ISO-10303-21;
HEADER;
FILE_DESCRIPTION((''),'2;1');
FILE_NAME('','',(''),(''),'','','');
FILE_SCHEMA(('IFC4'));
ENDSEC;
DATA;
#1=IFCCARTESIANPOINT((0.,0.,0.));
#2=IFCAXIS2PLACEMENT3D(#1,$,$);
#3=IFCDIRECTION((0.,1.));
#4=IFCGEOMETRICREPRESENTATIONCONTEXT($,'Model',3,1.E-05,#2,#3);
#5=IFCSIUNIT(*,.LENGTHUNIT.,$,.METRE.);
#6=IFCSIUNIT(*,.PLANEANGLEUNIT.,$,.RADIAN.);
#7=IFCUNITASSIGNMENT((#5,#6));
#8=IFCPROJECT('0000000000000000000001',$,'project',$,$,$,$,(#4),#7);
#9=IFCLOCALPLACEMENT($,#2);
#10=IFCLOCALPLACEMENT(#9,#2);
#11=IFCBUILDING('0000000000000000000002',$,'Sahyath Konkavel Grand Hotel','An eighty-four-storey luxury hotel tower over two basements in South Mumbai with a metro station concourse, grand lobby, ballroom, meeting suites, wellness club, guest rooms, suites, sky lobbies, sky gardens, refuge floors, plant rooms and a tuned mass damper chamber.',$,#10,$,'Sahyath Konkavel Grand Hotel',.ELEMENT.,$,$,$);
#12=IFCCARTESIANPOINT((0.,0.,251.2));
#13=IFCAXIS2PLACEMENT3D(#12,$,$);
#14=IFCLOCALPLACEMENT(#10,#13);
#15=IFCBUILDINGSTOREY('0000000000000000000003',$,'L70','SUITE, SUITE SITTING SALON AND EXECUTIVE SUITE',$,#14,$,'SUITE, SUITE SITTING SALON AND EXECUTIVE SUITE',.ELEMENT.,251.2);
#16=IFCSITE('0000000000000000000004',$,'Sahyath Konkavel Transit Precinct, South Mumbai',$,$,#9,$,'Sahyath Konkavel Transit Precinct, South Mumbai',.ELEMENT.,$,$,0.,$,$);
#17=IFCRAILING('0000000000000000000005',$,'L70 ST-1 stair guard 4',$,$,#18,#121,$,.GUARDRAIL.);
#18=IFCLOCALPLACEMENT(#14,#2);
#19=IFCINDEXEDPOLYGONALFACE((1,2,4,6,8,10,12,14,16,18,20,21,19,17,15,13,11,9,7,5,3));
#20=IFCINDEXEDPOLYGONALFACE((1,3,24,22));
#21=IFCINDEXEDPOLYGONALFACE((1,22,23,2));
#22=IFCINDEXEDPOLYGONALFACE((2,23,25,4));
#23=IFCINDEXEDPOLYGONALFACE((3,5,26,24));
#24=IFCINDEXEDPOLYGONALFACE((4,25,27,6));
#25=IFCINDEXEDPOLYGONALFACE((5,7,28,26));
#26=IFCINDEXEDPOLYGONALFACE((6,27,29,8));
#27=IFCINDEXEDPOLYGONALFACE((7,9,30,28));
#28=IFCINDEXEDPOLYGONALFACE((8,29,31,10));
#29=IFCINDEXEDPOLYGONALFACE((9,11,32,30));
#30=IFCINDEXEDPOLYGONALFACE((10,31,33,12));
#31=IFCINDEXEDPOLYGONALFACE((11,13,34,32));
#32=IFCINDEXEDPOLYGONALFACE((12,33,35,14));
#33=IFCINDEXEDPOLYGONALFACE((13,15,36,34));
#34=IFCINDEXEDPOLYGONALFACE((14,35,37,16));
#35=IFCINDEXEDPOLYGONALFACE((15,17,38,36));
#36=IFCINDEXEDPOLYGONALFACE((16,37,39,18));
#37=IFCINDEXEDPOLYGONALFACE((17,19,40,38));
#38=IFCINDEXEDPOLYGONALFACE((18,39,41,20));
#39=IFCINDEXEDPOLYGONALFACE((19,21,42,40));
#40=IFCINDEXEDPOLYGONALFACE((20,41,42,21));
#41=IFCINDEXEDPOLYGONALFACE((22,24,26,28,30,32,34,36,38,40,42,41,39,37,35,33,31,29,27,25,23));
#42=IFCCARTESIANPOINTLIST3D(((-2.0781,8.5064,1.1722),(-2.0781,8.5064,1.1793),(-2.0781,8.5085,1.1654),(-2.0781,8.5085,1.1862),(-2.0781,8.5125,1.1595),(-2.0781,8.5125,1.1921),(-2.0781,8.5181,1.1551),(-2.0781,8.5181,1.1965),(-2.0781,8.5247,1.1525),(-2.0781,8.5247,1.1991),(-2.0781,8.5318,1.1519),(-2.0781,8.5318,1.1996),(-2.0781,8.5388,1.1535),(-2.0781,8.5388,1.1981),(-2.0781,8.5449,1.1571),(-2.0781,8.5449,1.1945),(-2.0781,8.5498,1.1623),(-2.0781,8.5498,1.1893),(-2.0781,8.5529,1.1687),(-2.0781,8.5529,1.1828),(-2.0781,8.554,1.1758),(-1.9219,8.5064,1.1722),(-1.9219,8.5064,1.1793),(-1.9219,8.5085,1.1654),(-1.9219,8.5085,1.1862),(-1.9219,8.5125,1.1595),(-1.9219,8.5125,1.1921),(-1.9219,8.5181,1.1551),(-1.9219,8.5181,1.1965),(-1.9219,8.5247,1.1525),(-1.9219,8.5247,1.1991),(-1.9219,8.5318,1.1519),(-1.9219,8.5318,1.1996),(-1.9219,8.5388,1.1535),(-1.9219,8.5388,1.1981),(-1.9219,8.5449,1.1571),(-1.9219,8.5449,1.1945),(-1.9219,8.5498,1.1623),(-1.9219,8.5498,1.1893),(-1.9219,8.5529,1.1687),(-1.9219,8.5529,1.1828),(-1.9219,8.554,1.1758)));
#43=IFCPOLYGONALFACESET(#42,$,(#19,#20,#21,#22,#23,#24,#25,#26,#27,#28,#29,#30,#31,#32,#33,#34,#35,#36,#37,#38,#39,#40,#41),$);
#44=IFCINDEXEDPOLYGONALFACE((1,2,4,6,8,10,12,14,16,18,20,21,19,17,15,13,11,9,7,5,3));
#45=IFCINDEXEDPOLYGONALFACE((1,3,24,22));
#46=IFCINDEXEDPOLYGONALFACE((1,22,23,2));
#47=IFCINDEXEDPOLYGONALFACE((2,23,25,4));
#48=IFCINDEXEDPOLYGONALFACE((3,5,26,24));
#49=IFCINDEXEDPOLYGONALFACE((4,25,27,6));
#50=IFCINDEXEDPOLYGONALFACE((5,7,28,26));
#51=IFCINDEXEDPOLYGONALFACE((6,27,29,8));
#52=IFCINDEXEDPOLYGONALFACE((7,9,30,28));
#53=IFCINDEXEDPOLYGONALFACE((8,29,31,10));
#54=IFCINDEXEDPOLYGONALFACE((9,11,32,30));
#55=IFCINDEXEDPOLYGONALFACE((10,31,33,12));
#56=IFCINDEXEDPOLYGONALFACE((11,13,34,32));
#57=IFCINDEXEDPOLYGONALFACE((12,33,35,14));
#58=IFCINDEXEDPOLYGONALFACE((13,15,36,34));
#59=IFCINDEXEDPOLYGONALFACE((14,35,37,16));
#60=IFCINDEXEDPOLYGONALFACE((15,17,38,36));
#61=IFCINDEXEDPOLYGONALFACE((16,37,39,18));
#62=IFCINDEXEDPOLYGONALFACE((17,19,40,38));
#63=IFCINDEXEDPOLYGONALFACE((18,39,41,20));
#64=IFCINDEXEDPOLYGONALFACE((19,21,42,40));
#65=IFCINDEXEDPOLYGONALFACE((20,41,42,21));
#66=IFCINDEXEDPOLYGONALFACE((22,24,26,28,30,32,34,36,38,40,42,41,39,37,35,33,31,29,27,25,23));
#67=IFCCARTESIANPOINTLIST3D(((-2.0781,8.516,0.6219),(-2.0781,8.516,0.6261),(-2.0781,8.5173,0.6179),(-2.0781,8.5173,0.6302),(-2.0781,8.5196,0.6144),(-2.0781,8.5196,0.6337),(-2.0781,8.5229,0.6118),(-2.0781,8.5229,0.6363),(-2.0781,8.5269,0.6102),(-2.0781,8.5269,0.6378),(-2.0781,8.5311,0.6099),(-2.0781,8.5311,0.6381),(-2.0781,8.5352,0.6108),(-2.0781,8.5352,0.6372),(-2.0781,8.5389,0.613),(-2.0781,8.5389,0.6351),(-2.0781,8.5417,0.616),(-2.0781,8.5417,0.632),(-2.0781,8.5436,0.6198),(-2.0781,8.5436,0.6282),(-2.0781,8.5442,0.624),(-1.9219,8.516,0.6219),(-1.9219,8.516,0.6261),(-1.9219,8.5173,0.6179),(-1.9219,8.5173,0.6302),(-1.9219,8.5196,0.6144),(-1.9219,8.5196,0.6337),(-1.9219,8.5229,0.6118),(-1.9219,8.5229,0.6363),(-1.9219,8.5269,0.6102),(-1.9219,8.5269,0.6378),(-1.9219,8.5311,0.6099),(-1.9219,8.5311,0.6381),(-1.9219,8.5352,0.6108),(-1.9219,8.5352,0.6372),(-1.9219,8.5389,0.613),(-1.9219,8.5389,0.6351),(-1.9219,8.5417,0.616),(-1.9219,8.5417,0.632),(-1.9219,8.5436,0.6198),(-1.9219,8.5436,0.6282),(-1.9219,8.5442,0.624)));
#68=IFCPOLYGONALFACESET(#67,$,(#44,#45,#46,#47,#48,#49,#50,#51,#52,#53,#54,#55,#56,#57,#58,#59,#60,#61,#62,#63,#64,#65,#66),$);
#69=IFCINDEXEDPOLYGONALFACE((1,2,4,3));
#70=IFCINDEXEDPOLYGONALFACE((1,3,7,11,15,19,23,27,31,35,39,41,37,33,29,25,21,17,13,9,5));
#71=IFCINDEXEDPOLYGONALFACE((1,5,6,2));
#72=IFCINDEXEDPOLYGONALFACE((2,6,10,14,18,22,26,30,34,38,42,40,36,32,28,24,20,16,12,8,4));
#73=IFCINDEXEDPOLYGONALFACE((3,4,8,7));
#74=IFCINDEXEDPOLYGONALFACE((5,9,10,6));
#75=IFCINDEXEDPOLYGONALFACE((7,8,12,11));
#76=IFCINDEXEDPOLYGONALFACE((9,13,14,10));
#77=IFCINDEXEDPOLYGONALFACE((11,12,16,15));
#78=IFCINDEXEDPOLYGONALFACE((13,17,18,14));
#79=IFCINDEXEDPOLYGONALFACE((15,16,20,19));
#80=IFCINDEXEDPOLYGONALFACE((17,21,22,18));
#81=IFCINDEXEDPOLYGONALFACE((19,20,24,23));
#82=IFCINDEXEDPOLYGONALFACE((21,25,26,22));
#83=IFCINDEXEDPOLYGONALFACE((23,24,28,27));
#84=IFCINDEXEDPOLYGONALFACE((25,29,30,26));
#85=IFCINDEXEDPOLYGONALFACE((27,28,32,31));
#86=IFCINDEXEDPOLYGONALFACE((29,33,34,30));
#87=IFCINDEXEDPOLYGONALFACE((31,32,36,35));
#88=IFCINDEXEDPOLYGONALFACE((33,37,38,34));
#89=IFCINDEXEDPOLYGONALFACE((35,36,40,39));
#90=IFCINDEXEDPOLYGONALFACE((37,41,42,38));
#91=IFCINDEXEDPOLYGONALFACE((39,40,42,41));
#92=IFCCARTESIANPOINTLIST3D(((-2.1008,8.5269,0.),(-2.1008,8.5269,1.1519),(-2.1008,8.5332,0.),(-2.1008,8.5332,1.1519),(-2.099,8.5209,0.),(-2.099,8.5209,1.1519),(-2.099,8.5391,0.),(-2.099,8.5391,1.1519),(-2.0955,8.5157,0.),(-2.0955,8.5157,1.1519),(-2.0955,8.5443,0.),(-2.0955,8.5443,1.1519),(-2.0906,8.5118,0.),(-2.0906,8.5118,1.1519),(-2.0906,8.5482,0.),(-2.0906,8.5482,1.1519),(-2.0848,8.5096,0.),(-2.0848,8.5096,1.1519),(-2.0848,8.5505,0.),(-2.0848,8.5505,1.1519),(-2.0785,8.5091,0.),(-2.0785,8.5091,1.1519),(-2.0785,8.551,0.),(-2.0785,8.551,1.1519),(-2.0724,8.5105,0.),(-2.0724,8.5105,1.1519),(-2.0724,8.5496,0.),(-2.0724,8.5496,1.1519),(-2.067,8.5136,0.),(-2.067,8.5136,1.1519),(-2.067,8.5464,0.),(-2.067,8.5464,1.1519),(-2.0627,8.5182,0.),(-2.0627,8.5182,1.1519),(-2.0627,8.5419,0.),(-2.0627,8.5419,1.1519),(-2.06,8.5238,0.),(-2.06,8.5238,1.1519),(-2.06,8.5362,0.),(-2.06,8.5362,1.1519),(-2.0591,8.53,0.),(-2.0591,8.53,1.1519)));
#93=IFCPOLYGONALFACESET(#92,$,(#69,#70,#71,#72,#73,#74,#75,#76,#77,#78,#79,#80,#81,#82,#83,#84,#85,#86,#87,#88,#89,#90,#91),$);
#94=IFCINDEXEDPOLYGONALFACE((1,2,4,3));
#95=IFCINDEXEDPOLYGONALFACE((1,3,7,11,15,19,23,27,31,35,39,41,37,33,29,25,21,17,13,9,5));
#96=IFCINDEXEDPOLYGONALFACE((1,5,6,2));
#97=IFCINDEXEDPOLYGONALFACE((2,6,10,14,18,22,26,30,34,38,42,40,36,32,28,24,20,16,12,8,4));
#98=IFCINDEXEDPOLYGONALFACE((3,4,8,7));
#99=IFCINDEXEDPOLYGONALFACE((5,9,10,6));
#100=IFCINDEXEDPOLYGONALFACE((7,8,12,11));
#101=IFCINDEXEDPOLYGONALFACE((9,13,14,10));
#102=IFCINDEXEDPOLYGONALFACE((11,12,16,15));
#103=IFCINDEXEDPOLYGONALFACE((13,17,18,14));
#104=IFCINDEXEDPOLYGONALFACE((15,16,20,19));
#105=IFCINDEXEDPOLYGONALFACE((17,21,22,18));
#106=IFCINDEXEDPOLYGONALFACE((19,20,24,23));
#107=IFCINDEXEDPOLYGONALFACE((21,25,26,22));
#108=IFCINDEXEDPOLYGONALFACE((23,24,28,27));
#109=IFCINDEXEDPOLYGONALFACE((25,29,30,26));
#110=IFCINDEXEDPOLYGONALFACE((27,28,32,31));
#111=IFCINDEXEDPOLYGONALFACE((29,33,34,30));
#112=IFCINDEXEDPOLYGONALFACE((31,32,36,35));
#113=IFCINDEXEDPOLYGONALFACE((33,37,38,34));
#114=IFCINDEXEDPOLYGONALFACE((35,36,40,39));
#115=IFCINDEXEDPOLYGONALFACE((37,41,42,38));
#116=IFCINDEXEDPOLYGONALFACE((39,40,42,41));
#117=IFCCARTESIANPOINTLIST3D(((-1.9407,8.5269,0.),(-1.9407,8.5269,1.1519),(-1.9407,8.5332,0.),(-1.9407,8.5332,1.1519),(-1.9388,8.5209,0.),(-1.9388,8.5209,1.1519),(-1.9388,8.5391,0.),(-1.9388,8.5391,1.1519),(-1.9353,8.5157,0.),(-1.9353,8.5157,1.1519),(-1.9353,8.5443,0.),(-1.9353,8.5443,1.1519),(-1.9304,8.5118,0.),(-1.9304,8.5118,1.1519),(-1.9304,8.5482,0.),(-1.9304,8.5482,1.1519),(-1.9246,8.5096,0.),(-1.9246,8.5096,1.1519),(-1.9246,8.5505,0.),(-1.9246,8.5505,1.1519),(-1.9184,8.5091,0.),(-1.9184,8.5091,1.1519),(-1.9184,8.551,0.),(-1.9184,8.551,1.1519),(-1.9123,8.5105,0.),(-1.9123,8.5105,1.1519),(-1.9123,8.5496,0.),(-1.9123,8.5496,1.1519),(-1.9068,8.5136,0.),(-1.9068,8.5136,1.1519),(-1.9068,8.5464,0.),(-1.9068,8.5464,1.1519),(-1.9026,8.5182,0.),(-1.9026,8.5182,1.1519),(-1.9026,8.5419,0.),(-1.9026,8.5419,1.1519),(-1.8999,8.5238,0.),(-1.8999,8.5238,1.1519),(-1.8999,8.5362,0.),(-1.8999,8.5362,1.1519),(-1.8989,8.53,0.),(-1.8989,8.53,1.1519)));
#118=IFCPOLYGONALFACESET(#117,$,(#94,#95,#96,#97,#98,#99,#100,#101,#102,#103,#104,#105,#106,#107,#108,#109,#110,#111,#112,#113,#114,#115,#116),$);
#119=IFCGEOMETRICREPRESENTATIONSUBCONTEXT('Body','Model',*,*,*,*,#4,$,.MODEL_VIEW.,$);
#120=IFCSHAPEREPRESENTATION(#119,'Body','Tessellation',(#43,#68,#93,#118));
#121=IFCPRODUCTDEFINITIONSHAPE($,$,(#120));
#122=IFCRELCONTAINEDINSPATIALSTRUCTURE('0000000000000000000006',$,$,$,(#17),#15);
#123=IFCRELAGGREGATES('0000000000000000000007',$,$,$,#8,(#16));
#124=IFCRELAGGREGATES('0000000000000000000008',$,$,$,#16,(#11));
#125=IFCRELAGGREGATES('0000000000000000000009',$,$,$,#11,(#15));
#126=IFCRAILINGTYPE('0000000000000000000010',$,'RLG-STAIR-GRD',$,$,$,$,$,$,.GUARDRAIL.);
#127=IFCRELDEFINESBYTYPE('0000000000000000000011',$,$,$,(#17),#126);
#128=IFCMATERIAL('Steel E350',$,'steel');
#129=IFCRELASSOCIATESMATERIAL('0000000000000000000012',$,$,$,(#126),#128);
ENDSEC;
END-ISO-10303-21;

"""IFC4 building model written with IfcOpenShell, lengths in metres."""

from ifc_helpers import new_model, si_unit, direction, frame, origin, origin_2d, place, context, subcontext, project, spatial, circle, extrude, material, type_object, element, save


model = new_model("IFC4")

# Units and contexts
model_context = context("Model", 3, precision=1e-05, world=origin(), true_north=direction((0.0, 1.0)))
body_context = subcontext(model_context, "Body", "Model", "MODEL_VIEW")
ifc_project = project(units=[si_unit("LENGTHUNIT", "METRE"), si_unit("PLANEANGLEUNIT", "RADIAN")], contexts=[model_context])

# Site, building, storey
site_placement = place(None, origin())
site = spatial("IfcSite", under=ifc_project, at=site_placement, Name="Sahyath Konkavel Transit Precinct, South Mumbai", LongName="Sahyath Konkavel Transit Precinct, South Mumbai", CompositionType="ELEMENT", RefElevation=0.0)
building_placement = place(site_placement, origin())
building = spatial("IfcBuilding", under=site, at=building_placement, Name="Sahyath Konkavel Grand Hotel", Description="An eighty-four-storey luxury hotel tower over two basements in South Mumbai with a metro station concourse, grand lobby, ballroom, meeting suites, wellness club, guest rooms, suites, sky lobbies, sky gardens, refuge floors, plant rooms and a tuned mass damper chamber.", LongName="Sahyath Konkavel Grand Hotel", CompositionType="ELEMENT")
storey_placement = place(building_placement, frame((0.0, 0.0, 251.2)))
storey = spatial("IfcBuildingStorey", under=building, at=storey_placement, Name="L70", Description="SUITE, SUITE SITTING SALON AND EXECUTIVE SUITE", LongName="SUITE, SUITE SITTING SALON AND EXECUTIVE SUITE", CompositionType="ELEMENT", Elevation=251.2)

# Shared definitions
ifc_material_1 = material(Name="Steel E350", Category="steel")

# Railing
railing_type_1 = type_object("IfcRailingType", Name="RLG-STAIR-GRD", PredefinedType="GUARDRAIL", material=ifc_material_1)
railing_1_placement = place(storey_placement, frame((-2.0801, 8.53, 0.0)))
element("IfcRailing", 1, at=railing_1_placement, inside=storey, type_object=railing_type_1, Name="L70 ST-1 stair guard 4", PredefinedType="GUARDRAIL", context=body_context, shape_type="SweptSolid", body=[
    extrude(circle(Radius=0.0239, at=origin_2d()), frame((0.002, 0.0, 1.1758), z_axis=(1.0, 0.0, 0.0), x_axis=(0.0, 1.0, 0.0)), (0.0, 0.0, 1.0), 0.1562),
    extrude(circle(Radius=0.0142, at=origin_2d()), frame((0.002, 0.0, 0.624), z_axis=(1.0, 0.0, 0.0), x_axis=(0.0, 1.0, 0.0)), (0.0, 0.0, 1.0), 0.1562),
    extrude(circle(Radius=0.021, at=origin_2d()), origin(), (0.0, 0.0, 1.0), 1.1519),
    extrude(circle(Radius=0.021, at=origin_2d()), frame((0.1602, 0.0, 0.0)), (0.0, 0.0, 1.0), 1.1519),
])

save(model, "model.ifc")
